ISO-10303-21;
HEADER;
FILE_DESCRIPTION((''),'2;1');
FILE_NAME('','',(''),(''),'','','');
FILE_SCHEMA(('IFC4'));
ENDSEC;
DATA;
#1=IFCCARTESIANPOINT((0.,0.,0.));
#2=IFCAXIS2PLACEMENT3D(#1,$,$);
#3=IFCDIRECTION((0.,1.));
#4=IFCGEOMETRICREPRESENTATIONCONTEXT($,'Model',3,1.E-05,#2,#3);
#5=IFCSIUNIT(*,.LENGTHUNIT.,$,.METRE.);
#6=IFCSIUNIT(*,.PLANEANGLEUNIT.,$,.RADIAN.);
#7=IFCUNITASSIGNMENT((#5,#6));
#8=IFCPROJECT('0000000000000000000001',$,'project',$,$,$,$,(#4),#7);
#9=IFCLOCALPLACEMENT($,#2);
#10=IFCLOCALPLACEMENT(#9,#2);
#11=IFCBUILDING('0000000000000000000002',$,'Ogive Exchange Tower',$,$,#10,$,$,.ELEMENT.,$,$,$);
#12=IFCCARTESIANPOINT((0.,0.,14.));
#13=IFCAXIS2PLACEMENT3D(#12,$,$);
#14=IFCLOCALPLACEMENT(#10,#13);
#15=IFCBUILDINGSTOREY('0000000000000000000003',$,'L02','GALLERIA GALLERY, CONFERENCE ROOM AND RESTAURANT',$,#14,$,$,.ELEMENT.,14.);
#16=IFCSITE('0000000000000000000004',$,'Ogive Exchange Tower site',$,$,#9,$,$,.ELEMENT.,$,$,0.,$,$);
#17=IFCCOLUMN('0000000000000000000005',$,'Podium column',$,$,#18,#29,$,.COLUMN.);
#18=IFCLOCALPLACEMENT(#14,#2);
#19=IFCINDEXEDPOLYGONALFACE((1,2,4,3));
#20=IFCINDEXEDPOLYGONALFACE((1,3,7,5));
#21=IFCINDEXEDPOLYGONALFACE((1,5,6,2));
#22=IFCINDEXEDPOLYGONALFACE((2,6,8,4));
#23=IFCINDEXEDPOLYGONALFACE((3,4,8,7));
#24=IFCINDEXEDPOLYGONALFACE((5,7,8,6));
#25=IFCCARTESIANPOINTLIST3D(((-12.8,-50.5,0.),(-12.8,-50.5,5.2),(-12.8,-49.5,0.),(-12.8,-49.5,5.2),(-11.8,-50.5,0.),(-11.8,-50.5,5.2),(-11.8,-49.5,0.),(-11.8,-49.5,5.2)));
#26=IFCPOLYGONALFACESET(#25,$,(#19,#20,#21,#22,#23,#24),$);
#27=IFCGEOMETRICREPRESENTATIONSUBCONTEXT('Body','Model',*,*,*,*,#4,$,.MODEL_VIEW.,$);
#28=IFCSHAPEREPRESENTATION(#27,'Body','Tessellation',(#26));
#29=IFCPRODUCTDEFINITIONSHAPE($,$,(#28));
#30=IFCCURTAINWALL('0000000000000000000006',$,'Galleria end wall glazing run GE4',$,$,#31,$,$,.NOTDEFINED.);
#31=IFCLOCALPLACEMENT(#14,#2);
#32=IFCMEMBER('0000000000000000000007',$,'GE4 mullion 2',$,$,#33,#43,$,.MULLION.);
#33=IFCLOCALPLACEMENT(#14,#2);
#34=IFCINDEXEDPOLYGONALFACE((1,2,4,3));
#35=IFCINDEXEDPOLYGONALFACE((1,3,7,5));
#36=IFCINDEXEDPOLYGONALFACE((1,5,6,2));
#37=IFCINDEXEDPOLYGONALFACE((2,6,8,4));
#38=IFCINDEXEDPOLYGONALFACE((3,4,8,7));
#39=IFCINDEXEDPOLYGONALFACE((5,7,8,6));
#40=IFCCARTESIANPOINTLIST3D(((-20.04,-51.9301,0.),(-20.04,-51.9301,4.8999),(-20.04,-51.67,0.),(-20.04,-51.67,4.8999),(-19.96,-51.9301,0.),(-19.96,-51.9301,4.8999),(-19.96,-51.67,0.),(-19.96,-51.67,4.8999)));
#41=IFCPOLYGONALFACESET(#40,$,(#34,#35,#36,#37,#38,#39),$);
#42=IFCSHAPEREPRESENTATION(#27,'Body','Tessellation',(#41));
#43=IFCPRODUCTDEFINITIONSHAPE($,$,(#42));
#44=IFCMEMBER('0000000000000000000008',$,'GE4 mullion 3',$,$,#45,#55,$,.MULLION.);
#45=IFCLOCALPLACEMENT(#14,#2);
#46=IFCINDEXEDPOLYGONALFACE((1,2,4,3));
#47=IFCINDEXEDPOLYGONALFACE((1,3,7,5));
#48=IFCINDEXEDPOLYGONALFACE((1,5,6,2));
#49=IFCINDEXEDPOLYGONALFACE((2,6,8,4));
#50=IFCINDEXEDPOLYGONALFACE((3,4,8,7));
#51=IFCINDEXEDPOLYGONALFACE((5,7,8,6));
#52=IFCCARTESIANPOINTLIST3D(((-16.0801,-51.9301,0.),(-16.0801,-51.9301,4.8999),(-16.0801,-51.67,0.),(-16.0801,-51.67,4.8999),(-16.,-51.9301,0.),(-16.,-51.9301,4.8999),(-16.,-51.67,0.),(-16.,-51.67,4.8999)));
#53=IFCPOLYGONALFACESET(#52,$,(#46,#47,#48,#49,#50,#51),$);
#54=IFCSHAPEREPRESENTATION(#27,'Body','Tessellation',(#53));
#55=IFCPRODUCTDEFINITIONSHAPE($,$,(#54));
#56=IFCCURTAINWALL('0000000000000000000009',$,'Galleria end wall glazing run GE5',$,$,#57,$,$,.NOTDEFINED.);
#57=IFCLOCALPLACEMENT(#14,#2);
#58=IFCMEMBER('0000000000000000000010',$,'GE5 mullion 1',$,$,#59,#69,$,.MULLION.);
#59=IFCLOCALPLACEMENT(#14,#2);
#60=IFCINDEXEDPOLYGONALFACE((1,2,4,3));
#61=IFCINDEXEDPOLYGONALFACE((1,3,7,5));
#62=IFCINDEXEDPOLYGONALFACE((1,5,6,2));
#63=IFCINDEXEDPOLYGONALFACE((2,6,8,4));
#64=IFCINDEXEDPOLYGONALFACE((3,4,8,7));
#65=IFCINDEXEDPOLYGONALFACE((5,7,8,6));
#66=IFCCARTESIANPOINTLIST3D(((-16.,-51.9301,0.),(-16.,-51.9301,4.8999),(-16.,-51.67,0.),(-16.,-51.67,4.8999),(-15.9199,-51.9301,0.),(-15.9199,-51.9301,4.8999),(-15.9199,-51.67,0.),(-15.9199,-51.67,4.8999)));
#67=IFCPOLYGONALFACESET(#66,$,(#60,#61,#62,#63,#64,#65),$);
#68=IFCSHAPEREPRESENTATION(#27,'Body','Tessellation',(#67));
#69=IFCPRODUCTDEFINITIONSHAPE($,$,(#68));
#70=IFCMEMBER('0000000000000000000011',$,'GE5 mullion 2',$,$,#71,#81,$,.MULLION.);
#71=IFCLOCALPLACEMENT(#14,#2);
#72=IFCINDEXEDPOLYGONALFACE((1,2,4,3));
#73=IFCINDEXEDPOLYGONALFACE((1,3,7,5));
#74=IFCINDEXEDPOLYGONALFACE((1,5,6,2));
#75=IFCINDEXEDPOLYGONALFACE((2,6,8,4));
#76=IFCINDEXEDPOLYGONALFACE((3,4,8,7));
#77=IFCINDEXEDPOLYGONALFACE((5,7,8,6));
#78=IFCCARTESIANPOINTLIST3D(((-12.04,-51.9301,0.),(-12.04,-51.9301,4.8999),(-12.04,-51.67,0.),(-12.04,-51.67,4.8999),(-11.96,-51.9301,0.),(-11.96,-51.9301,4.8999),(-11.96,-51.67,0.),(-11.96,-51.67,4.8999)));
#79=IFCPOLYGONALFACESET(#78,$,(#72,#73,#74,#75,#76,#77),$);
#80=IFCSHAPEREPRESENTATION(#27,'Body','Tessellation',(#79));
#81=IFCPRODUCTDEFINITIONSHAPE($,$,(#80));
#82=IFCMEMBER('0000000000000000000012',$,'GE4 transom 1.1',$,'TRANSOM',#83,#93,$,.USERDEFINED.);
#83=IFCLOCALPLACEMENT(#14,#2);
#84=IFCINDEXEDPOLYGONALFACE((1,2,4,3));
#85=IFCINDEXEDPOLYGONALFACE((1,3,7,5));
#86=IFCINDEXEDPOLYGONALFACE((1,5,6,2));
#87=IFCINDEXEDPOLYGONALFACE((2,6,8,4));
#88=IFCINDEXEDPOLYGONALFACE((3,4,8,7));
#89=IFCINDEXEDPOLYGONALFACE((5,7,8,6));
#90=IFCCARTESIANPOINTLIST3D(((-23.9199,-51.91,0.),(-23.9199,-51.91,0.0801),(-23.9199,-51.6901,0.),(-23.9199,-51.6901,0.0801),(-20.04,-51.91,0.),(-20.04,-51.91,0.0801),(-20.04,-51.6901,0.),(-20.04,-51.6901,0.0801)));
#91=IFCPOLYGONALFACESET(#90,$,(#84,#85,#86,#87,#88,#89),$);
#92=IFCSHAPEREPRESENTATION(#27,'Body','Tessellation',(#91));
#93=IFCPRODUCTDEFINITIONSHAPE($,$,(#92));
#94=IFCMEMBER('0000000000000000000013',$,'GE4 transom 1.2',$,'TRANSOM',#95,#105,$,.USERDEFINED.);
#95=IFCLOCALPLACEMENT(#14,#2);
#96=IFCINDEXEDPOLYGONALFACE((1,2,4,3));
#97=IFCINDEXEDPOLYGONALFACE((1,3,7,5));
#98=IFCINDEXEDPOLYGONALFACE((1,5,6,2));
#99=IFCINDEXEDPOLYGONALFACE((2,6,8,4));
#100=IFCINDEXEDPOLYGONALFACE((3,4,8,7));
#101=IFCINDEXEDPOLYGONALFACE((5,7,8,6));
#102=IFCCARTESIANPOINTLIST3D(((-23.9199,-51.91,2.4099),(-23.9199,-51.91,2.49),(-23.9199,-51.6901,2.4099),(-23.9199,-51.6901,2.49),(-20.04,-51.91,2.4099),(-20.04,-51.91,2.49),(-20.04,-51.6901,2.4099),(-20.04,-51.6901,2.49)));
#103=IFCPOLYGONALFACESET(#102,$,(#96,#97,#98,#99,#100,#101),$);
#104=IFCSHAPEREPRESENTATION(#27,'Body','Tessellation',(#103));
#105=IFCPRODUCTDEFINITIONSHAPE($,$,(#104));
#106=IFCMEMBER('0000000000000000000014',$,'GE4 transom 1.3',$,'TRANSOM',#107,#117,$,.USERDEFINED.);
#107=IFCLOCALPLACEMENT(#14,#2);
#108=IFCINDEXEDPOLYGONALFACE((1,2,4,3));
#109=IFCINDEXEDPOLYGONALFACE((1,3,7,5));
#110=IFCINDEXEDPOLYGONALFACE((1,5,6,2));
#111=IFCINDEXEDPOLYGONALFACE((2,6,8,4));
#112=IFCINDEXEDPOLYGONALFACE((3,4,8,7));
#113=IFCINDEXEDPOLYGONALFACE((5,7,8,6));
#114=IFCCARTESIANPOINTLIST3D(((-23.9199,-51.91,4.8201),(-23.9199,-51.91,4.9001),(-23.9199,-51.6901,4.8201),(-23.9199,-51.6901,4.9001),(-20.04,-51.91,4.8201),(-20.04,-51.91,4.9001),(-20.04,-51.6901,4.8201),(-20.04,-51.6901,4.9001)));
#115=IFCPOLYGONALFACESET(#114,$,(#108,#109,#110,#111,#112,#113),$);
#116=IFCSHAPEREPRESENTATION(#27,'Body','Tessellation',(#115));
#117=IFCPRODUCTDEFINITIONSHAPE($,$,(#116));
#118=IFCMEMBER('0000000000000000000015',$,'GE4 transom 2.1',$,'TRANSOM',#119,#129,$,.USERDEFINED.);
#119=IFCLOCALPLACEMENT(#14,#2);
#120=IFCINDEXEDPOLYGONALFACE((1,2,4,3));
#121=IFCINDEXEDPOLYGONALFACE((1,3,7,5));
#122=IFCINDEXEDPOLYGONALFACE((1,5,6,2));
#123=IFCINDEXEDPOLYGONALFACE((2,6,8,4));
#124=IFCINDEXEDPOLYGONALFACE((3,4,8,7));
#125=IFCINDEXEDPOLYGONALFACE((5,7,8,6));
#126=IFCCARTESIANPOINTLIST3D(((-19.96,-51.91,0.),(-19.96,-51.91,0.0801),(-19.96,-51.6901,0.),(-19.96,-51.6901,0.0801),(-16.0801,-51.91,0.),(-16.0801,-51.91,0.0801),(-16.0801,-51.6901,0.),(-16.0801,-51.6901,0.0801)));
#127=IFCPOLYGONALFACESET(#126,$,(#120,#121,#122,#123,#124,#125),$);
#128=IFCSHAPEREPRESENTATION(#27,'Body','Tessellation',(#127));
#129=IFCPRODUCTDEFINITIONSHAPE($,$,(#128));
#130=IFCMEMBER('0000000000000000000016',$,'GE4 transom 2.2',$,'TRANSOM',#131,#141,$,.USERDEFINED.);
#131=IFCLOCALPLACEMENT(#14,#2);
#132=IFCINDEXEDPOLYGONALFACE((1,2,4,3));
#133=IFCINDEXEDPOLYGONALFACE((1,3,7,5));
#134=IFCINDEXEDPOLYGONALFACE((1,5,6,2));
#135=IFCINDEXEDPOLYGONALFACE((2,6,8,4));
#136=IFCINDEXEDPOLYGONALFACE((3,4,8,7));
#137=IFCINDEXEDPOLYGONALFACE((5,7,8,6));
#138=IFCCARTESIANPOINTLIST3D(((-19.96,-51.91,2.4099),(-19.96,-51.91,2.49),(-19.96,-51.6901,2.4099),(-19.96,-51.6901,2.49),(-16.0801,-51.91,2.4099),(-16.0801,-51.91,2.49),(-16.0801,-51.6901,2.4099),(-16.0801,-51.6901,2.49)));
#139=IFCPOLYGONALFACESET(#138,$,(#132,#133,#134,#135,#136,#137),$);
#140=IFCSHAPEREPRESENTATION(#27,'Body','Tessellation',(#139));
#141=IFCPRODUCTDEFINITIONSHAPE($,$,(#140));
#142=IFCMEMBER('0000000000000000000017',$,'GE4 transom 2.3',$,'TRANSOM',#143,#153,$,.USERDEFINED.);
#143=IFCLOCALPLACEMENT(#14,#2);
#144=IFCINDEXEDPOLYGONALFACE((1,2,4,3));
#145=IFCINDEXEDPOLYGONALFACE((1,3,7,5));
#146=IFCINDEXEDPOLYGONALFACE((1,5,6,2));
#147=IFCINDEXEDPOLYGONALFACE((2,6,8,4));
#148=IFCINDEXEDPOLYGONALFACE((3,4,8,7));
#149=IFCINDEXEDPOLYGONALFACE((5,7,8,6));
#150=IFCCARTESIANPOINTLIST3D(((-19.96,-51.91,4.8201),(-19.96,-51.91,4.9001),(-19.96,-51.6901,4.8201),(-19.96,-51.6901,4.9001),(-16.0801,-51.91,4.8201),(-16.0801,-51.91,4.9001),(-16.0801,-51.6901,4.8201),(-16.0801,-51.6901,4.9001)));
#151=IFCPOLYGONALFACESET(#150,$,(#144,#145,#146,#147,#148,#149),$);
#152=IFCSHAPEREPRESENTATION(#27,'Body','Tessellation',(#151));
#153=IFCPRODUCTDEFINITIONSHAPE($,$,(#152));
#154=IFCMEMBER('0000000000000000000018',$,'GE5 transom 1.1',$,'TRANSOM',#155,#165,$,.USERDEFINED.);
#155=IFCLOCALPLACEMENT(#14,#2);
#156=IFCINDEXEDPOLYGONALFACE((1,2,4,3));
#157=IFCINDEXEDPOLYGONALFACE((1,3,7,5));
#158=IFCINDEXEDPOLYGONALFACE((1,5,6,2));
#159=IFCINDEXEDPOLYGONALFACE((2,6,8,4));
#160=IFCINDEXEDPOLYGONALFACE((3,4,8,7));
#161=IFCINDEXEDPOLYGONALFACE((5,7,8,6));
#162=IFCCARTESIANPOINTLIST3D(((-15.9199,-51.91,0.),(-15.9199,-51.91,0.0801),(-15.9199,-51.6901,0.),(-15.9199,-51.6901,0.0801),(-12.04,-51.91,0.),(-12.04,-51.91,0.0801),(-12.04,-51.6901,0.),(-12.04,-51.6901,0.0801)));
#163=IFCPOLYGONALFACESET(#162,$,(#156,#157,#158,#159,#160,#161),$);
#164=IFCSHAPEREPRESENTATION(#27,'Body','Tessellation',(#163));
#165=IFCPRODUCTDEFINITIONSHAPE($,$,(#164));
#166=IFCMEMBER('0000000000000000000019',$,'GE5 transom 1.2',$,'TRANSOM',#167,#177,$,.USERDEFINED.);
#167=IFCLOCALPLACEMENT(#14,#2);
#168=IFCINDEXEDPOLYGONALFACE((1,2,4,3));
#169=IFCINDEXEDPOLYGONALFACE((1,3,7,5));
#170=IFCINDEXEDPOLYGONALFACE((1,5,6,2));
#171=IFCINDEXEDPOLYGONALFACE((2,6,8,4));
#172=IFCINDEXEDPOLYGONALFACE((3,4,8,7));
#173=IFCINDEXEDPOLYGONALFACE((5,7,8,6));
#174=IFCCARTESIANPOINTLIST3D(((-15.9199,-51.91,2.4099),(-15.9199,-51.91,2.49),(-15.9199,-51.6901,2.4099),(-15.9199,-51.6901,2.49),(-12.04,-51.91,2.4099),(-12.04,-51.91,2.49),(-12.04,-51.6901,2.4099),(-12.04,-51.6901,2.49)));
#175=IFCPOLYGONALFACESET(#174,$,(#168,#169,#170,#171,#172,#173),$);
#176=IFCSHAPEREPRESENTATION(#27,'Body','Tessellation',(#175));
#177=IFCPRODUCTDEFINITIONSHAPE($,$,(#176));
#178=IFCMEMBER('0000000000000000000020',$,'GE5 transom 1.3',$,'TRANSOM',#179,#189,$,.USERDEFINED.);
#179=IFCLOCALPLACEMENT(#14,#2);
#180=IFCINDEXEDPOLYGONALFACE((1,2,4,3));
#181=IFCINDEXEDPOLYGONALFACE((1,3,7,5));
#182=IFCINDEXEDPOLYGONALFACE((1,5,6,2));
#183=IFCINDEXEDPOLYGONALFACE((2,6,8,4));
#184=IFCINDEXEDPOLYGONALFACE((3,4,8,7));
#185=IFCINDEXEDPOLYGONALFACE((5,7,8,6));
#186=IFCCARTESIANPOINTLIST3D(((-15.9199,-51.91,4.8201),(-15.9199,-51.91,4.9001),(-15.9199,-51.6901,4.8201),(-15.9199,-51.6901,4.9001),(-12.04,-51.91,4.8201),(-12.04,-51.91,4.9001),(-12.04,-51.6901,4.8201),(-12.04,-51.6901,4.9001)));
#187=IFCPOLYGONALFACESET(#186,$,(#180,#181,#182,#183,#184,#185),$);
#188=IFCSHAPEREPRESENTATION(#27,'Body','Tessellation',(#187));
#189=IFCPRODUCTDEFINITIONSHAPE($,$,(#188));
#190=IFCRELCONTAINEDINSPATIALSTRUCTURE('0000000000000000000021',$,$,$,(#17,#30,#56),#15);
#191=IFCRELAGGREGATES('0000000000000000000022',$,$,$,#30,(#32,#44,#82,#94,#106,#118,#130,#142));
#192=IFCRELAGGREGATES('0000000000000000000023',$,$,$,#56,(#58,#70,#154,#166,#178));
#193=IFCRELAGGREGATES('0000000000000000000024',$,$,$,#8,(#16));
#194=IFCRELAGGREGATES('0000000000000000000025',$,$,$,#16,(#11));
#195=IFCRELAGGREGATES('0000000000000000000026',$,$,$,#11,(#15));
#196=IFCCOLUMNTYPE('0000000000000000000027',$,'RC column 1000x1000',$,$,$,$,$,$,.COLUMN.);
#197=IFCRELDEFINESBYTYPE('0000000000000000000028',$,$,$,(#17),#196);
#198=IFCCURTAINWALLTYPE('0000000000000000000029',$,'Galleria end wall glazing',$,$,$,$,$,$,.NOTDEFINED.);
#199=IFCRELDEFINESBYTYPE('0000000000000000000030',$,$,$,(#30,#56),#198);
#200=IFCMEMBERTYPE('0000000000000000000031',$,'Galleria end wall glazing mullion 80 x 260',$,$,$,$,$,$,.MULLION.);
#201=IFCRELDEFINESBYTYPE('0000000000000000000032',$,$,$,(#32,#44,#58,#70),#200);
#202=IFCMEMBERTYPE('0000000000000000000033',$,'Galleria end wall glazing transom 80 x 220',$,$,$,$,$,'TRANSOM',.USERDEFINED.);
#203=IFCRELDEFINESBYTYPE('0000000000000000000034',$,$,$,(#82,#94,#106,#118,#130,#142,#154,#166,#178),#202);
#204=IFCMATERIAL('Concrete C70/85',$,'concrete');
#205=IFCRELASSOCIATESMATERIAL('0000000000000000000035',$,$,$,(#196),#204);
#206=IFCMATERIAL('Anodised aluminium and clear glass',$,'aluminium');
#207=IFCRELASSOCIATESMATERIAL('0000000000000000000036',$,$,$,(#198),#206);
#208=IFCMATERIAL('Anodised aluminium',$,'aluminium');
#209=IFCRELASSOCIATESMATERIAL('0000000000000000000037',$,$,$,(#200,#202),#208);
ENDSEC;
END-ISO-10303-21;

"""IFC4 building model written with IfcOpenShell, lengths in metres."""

from ifc_helpers import new_model, si_unit, direction, frame, origin, origin_2d, place, context, subcontext, project, spatial, rectangle, extrude, material, material_profile, profile_set, type_object, element, aggregate, save


model = new_model("IFC4")

# Units and contexts
model_context = context("Model", 3, precision=1e-05, world=origin(), true_north=direction((0.0, 1.0)))
body_context = subcontext(model_context, "Body", "Model", "MODEL_VIEW")
ifc_project = project(units=[si_unit("LENGTHUNIT", "METRE"), si_unit("PLANEANGLEUNIT", "RADIAN")], contexts=[model_context])

# Site, building, storey
site_placement = place(None, origin())
site = spatial("IfcSite", under=ifc_project, at=site_placement, Name="Ogive Exchange Tower site", CompositionType="ELEMENT", RefElevation=0.0)
building_placement = place(site_placement, origin())
building = spatial("IfcBuilding", under=site, at=building_placement, Name="Ogive Exchange Tower", CompositionType="ELEMENT")
storey_placement = place(building_placement, frame((0.0, 0.0, 14.0)))
storey = spatial("IfcBuildingStorey", under=building, at=storey_placement, Name="L02", Description="GALLERIA GALLERY, CONFERENCE ROOM AND RESTAURANT", CompositionType="ELEMENT", Elevation=14.0)

# Column
ifc_material_1 = material(Name="Concrete C70/85", Category="concrete")
ifc_material_profile_1 = material_profile(ifc_material_1, rectangle(XDim=1.0, YDim=1.0, at=origin_2d()), Name="RC 1000x1000")
ifc_profile_set_1 = profile_set([ifc_material_profile_1], Name="Concrete C70/85")
column_type = type_object("IfcColumnType", Name="RC column 1000x1000", PredefinedType="COLUMN", material=ifc_profile_set_1)
column_placement = place(storey_placement, frame((-12.3, -50.0, 0.0), z_axis=(0.0, 0.0, 1.0), x_axis=(1.0, 0.0, 0.0)))
element("IfcColumn", 1, at=column_placement, inside=storey, type_object=column_type, Name="Podium column", PredefinedType="COLUMN", context=body_context, shape_type="SweptSolid", body=[
    extrude(rectangle(XDim=1.0, YDim=1.0, at=origin_2d()), origin(), (0.0, 0.0, 1.0), 5.2),
])

# Curtain walls, members
ifc_material_2 = material(Name="Anodised aluminium and clear glass", Category="aluminium")
curtain_wall_type = type_object("IfcCurtainWallType", Name="Galleria end wall glazing", PredefinedType="NOTDEFINED", material=ifc_material_2)
curtain_wall_1_placement = place(storey_placement, origin())
curtain_wall_1 = element("IfcCurtainWall", 2, at=curtain_wall_1_placement, inside=storey, type_object=curtain_wall_type, Name="Galleria end wall glazing run GE4", PredefinedType="NOTDEFINED")
ifc_material_3 = material(Name="Anodised aluminium", Category="aluminium")
ifc_material_profile_2 = material_profile(ifc_material_3, rectangle(XDim=0.26, YDim=0.0801, at=origin_2d()), Name="AL 80x260")
ifc_profile_set_2 = profile_set([ifc_material_profile_2], Name="Anodised aluminium")
member_type_1 = type_object("IfcMemberType", Name="Galleria end wall glazing mullion 80 x 260", PredefinedType="MULLION", material=ifc_profile_set_2)
member_1_placement = place(storey_placement, frame((-20.0, -51.8, 0.0), z_axis=(0.0, 0.0, 1.0), x_axis=(0.0, 1.0, 0.0)))
member_1 = element("IfcMember", 3, at=member_1_placement, type_object=member_type_1, Name="GE4 mullion 2", PredefinedType="MULLION", context=body_context, shape_type="SweptSolid", body=[
    extrude(rectangle(XDim=0.26, YDim=0.0801, at=origin_2d()), origin(), (0.0, 0.0, 1.0), 4.8999),
])
member_2_placement = place(storey_placement, frame((-16.04, -51.8, 0.0), z_axis=(0.0, 0.0, 1.0), x_axis=(0.0, 1.0, 0.0)))
member_2 = element("IfcMember", 4, at=member_2_placement, type_object=member_type_1, Name="GE4 mullion 3", PredefinedType="MULLION", context=body_context, shape_type="SweptSolid", body=[
    extrude(rectangle(XDim=0.26, YDim=0.0801, at=origin_2d()), origin(), (0.0, 0.0, 1.0), 4.8999),
])
curtain_wall_2_placement = place(storey_placement, origin())
curtain_wall_2 = element("IfcCurtainWall", 5, at=curtain_wall_2_placement, inside=storey, type_object=curtain_wall_type, Name="Galleria end wall glazing run GE5", PredefinedType="NOTDEFINED")
member_3_placement = place(storey_placement, frame((-15.96, -51.8, 0.0), z_axis=(0.0, 0.0, 1.0), x_axis=(0.0, 1.0, 0.0)))
member_3 = element("IfcMember", 6, at=member_3_placement, type_object=member_type_1, Name="GE5 mullion 1", PredefinedType="MULLION", context=body_context, shape_type="SweptSolid", body=[
    extrude(rectangle(XDim=0.26, YDim=0.0801, at=origin_2d()), origin(), (0.0, 0.0, 1.0), 4.8999),
])
member_4_placement = place(storey_placement, frame((-12.0, -51.8, 0.0), z_axis=(0.0, 0.0, 1.0), x_axis=(0.0, 1.0, 0.0)))
member_4 = element("IfcMember", 7, at=member_4_placement, type_object=member_type_1, Name="GE5 mullion 2", PredefinedType="MULLION", context=body_context, shape_type="SweptSolid", body=[
    extrude(rectangle(XDim=0.26, YDim=0.0801, at=origin_2d()), origin(), (0.0, 0.0, 1.0), 4.8999),
])

# Members
ifc_material_profile_3 = material_profile(ifc_material_3, rectangle(XDim=0.22, YDim=0.0801, at=origin_2d()), Name="AL 80x220")
ifc_profile_set_3 = profile_set([ifc_material_profile_3], Name="Anodised aluminium")
member_type_2 = type_object("IfcMemberType", Name="Galleria end wall glazing transom 80 x 220", ElementType="TRANSOM", PredefinedType="USERDEFINED", material=ifc_profile_set_3)
member_5_placement = place(storey_placement, frame((-23.9199, -51.8, 0.04), z_axis=(1.0, 0.0, 0.0), x_axis=(0.0, 1.0, 0.0)))
member_5 = element("IfcMember", 8, at=member_5_placement, type_object=member_type_2, Name="GE4 transom 1.1", ObjectType="TRANSOM", PredefinedType="USERDEFINED", context=body_context, shape_type="SweptSolid", body=[
    extrude(rectangle(XDim=0.22, YDim=0.0801, at=origin_2d()), origin(), (0.0, 0.0, 1.0), 3.8799),
])
member_6_placement = place(storey_placement, frame((-23.9199, -51.8, 2.45), z_axis=(1.0, 0.0, 0.0), x_axis=(0.0, 1.0, 0.0)))
member_6 = element("IfcMember", 9, at=member_6_placement, type_object=member_type_2, Name="GE4 transom 1.2", ObjectType="TRANSOM", PredefinedType="USERDEFINED", context=body_context, shape_type="SweptSolid", body=[
    extrude(rectangle(XDim=0.22, YDim=0.0801, at=origin_2d()), origin(), (0.0, 0.0, 1.0), 3.8799),
])
member_7_placement = place(storey_placement, frame((-23.9199, -51.8, 4.8601), z_axis=(1.0, 0.0, 0.0), x_axis=(0.0, 1.0, 0.0)))
member_7 = element("IfcMember", 10, at=member_7_placement, type_object=member_type_2, Name="GE4 transom 1.3", ObjectType="TRANSOM", PredefinedType="USERDEFINED", context=body_context, shape_type="SweptSolid", body=[
    extrude(rectangle(XDim=0.22, YDim=0.0801, at=origin_2d()), origin(), (0.0, 0.0, 1.0), 3.8799),
])
member_8_placement = place(storey_placement, frame((-19.96, -51.8, 0.04), z_axis=(1.0, 0.0, 0.0), x_axis=(0.0, 1.0, 0.0)))
member_8 = element("IfcMember", 11, at=member_8_placement, type_object=member_type_2, Name="GE4 transom 2.1", ObjectType="TRANSOM", PredefinedType="USERDEFINED", context=body_context, shape_type="SweptSolid", body=[
    extrude(rectangle(XDim=0.22, YDim=0.0801, at=origin_2d()), origin(), (0.0, 0.0, 1.0), 3.8799),
])
member_9_placement = place(storey_placement, frame((-19.96, -51.8, 2.45), z_axis=(1.0, 0.0, 0.0), x_axis=(0.0, 1.0, 0.0)))
member_9 = element("IfcMember", 12, at=member_9_placement, type_object=member_type_2, Name="GE4 transom 2.2", ObjectType="TRANSOM", PredefinedType="USERDEFINED", context=body_context, shape_type="SweptSolid", body=[
    extrude(rectangle(XDim=0.22, YDim=0.0801, at=origin_2d()), origin(), (0.0, 0.0, 1.0), 3.8799),
])
member_10_placement = place(storey_placement, frame((-19.96, -51.8, 4.8601), z_axis=(1.0, 0.0, 0.0), x_axis=(0.0, 1.0, 0.0)))
member_10 = element("IfcMember", 13, at=member_10_placement, type_object=member_type_2, Name="GE4 transom 2.3", ObjectType="TRANSOM", PredefinedType="USERDEFINED", context=body_context, shape_type="SweptSolid", body=[
    extrude(rectangle(XDim=0.22, YDim=0.0801, at=origin_2d()), origin(), (0.0, 0.0, 1.0), 3.8799),
])
member_11_placement = place(storey_placement, frame((-15.9199, -51.8, 0.04), z_axis=(1.0, 0.0, 0.0), x_axis=(0.0, 1.0, 0.0)))
member_11 = element("IfcMember", 14, at=member_11_placement, type_object=member_type_2, Name="GE5 transom 1.1", ObjectType="TRANSOM", PredefinedType="USERDEFINED", context=body_context, shape_type="SweptSolid", body=[
    extrude(rectangle(XDim=0.22, YDim=0.0801, at=origin_2d()), origin(), (0.0, 0.0, 1.0), 3.8799),
])
member_12_placement = place(storey_placement, frame((-15.9199, -51.8, 2.45), z_axis=(1.0, 0.0, 0.0), x_axis=(0.0, 1.0, 0.0)))
member_12 = element("IfcMember", 15, at=member_12_placement, type_object=member_type_2, Name="GE5 transom 1.2", ObjectType="TRANSOM", PredefinedType="USERDEFINED", context=body_context, shape_type="SweptSolid", body=[
    extrude(rectangle(XDim=0.22, YDim=0.0801, at=origin_2d()), origin(), (0.0, 0.0, 1.0), 3.8799),
])
member_13_placement = place(storey_placement, frame((-15.9199, -51.8, 4.8601), z_axis=(1.0, 0.0, 0.0), x_axis=(0.0, 1.0, 0.0)))
member_13 = element("IfcMember", 16, at=member_13_placement, type_object=member_type_2, Name="GE5 transom 1.3", ObjectType="TRANSOM", PredefinedType="USERDEFINED", context=body_context, shape_type="SweptSolid", body=[
    extrude(rectangle(XDim=0.22, YDim=0.0801, at=origin_2d()), origin(), (0.0, 0.0, 1.0), 3.8799),
])

aggregate(curtain_wall_1, [member_1, member_2, member_5, member_6, member_7, member_8, member_9, member_10])
aggregate(curtain_wall_2, [member_3, member_4, member_11, member_12, member_13])

save(model, "model.ifc")
